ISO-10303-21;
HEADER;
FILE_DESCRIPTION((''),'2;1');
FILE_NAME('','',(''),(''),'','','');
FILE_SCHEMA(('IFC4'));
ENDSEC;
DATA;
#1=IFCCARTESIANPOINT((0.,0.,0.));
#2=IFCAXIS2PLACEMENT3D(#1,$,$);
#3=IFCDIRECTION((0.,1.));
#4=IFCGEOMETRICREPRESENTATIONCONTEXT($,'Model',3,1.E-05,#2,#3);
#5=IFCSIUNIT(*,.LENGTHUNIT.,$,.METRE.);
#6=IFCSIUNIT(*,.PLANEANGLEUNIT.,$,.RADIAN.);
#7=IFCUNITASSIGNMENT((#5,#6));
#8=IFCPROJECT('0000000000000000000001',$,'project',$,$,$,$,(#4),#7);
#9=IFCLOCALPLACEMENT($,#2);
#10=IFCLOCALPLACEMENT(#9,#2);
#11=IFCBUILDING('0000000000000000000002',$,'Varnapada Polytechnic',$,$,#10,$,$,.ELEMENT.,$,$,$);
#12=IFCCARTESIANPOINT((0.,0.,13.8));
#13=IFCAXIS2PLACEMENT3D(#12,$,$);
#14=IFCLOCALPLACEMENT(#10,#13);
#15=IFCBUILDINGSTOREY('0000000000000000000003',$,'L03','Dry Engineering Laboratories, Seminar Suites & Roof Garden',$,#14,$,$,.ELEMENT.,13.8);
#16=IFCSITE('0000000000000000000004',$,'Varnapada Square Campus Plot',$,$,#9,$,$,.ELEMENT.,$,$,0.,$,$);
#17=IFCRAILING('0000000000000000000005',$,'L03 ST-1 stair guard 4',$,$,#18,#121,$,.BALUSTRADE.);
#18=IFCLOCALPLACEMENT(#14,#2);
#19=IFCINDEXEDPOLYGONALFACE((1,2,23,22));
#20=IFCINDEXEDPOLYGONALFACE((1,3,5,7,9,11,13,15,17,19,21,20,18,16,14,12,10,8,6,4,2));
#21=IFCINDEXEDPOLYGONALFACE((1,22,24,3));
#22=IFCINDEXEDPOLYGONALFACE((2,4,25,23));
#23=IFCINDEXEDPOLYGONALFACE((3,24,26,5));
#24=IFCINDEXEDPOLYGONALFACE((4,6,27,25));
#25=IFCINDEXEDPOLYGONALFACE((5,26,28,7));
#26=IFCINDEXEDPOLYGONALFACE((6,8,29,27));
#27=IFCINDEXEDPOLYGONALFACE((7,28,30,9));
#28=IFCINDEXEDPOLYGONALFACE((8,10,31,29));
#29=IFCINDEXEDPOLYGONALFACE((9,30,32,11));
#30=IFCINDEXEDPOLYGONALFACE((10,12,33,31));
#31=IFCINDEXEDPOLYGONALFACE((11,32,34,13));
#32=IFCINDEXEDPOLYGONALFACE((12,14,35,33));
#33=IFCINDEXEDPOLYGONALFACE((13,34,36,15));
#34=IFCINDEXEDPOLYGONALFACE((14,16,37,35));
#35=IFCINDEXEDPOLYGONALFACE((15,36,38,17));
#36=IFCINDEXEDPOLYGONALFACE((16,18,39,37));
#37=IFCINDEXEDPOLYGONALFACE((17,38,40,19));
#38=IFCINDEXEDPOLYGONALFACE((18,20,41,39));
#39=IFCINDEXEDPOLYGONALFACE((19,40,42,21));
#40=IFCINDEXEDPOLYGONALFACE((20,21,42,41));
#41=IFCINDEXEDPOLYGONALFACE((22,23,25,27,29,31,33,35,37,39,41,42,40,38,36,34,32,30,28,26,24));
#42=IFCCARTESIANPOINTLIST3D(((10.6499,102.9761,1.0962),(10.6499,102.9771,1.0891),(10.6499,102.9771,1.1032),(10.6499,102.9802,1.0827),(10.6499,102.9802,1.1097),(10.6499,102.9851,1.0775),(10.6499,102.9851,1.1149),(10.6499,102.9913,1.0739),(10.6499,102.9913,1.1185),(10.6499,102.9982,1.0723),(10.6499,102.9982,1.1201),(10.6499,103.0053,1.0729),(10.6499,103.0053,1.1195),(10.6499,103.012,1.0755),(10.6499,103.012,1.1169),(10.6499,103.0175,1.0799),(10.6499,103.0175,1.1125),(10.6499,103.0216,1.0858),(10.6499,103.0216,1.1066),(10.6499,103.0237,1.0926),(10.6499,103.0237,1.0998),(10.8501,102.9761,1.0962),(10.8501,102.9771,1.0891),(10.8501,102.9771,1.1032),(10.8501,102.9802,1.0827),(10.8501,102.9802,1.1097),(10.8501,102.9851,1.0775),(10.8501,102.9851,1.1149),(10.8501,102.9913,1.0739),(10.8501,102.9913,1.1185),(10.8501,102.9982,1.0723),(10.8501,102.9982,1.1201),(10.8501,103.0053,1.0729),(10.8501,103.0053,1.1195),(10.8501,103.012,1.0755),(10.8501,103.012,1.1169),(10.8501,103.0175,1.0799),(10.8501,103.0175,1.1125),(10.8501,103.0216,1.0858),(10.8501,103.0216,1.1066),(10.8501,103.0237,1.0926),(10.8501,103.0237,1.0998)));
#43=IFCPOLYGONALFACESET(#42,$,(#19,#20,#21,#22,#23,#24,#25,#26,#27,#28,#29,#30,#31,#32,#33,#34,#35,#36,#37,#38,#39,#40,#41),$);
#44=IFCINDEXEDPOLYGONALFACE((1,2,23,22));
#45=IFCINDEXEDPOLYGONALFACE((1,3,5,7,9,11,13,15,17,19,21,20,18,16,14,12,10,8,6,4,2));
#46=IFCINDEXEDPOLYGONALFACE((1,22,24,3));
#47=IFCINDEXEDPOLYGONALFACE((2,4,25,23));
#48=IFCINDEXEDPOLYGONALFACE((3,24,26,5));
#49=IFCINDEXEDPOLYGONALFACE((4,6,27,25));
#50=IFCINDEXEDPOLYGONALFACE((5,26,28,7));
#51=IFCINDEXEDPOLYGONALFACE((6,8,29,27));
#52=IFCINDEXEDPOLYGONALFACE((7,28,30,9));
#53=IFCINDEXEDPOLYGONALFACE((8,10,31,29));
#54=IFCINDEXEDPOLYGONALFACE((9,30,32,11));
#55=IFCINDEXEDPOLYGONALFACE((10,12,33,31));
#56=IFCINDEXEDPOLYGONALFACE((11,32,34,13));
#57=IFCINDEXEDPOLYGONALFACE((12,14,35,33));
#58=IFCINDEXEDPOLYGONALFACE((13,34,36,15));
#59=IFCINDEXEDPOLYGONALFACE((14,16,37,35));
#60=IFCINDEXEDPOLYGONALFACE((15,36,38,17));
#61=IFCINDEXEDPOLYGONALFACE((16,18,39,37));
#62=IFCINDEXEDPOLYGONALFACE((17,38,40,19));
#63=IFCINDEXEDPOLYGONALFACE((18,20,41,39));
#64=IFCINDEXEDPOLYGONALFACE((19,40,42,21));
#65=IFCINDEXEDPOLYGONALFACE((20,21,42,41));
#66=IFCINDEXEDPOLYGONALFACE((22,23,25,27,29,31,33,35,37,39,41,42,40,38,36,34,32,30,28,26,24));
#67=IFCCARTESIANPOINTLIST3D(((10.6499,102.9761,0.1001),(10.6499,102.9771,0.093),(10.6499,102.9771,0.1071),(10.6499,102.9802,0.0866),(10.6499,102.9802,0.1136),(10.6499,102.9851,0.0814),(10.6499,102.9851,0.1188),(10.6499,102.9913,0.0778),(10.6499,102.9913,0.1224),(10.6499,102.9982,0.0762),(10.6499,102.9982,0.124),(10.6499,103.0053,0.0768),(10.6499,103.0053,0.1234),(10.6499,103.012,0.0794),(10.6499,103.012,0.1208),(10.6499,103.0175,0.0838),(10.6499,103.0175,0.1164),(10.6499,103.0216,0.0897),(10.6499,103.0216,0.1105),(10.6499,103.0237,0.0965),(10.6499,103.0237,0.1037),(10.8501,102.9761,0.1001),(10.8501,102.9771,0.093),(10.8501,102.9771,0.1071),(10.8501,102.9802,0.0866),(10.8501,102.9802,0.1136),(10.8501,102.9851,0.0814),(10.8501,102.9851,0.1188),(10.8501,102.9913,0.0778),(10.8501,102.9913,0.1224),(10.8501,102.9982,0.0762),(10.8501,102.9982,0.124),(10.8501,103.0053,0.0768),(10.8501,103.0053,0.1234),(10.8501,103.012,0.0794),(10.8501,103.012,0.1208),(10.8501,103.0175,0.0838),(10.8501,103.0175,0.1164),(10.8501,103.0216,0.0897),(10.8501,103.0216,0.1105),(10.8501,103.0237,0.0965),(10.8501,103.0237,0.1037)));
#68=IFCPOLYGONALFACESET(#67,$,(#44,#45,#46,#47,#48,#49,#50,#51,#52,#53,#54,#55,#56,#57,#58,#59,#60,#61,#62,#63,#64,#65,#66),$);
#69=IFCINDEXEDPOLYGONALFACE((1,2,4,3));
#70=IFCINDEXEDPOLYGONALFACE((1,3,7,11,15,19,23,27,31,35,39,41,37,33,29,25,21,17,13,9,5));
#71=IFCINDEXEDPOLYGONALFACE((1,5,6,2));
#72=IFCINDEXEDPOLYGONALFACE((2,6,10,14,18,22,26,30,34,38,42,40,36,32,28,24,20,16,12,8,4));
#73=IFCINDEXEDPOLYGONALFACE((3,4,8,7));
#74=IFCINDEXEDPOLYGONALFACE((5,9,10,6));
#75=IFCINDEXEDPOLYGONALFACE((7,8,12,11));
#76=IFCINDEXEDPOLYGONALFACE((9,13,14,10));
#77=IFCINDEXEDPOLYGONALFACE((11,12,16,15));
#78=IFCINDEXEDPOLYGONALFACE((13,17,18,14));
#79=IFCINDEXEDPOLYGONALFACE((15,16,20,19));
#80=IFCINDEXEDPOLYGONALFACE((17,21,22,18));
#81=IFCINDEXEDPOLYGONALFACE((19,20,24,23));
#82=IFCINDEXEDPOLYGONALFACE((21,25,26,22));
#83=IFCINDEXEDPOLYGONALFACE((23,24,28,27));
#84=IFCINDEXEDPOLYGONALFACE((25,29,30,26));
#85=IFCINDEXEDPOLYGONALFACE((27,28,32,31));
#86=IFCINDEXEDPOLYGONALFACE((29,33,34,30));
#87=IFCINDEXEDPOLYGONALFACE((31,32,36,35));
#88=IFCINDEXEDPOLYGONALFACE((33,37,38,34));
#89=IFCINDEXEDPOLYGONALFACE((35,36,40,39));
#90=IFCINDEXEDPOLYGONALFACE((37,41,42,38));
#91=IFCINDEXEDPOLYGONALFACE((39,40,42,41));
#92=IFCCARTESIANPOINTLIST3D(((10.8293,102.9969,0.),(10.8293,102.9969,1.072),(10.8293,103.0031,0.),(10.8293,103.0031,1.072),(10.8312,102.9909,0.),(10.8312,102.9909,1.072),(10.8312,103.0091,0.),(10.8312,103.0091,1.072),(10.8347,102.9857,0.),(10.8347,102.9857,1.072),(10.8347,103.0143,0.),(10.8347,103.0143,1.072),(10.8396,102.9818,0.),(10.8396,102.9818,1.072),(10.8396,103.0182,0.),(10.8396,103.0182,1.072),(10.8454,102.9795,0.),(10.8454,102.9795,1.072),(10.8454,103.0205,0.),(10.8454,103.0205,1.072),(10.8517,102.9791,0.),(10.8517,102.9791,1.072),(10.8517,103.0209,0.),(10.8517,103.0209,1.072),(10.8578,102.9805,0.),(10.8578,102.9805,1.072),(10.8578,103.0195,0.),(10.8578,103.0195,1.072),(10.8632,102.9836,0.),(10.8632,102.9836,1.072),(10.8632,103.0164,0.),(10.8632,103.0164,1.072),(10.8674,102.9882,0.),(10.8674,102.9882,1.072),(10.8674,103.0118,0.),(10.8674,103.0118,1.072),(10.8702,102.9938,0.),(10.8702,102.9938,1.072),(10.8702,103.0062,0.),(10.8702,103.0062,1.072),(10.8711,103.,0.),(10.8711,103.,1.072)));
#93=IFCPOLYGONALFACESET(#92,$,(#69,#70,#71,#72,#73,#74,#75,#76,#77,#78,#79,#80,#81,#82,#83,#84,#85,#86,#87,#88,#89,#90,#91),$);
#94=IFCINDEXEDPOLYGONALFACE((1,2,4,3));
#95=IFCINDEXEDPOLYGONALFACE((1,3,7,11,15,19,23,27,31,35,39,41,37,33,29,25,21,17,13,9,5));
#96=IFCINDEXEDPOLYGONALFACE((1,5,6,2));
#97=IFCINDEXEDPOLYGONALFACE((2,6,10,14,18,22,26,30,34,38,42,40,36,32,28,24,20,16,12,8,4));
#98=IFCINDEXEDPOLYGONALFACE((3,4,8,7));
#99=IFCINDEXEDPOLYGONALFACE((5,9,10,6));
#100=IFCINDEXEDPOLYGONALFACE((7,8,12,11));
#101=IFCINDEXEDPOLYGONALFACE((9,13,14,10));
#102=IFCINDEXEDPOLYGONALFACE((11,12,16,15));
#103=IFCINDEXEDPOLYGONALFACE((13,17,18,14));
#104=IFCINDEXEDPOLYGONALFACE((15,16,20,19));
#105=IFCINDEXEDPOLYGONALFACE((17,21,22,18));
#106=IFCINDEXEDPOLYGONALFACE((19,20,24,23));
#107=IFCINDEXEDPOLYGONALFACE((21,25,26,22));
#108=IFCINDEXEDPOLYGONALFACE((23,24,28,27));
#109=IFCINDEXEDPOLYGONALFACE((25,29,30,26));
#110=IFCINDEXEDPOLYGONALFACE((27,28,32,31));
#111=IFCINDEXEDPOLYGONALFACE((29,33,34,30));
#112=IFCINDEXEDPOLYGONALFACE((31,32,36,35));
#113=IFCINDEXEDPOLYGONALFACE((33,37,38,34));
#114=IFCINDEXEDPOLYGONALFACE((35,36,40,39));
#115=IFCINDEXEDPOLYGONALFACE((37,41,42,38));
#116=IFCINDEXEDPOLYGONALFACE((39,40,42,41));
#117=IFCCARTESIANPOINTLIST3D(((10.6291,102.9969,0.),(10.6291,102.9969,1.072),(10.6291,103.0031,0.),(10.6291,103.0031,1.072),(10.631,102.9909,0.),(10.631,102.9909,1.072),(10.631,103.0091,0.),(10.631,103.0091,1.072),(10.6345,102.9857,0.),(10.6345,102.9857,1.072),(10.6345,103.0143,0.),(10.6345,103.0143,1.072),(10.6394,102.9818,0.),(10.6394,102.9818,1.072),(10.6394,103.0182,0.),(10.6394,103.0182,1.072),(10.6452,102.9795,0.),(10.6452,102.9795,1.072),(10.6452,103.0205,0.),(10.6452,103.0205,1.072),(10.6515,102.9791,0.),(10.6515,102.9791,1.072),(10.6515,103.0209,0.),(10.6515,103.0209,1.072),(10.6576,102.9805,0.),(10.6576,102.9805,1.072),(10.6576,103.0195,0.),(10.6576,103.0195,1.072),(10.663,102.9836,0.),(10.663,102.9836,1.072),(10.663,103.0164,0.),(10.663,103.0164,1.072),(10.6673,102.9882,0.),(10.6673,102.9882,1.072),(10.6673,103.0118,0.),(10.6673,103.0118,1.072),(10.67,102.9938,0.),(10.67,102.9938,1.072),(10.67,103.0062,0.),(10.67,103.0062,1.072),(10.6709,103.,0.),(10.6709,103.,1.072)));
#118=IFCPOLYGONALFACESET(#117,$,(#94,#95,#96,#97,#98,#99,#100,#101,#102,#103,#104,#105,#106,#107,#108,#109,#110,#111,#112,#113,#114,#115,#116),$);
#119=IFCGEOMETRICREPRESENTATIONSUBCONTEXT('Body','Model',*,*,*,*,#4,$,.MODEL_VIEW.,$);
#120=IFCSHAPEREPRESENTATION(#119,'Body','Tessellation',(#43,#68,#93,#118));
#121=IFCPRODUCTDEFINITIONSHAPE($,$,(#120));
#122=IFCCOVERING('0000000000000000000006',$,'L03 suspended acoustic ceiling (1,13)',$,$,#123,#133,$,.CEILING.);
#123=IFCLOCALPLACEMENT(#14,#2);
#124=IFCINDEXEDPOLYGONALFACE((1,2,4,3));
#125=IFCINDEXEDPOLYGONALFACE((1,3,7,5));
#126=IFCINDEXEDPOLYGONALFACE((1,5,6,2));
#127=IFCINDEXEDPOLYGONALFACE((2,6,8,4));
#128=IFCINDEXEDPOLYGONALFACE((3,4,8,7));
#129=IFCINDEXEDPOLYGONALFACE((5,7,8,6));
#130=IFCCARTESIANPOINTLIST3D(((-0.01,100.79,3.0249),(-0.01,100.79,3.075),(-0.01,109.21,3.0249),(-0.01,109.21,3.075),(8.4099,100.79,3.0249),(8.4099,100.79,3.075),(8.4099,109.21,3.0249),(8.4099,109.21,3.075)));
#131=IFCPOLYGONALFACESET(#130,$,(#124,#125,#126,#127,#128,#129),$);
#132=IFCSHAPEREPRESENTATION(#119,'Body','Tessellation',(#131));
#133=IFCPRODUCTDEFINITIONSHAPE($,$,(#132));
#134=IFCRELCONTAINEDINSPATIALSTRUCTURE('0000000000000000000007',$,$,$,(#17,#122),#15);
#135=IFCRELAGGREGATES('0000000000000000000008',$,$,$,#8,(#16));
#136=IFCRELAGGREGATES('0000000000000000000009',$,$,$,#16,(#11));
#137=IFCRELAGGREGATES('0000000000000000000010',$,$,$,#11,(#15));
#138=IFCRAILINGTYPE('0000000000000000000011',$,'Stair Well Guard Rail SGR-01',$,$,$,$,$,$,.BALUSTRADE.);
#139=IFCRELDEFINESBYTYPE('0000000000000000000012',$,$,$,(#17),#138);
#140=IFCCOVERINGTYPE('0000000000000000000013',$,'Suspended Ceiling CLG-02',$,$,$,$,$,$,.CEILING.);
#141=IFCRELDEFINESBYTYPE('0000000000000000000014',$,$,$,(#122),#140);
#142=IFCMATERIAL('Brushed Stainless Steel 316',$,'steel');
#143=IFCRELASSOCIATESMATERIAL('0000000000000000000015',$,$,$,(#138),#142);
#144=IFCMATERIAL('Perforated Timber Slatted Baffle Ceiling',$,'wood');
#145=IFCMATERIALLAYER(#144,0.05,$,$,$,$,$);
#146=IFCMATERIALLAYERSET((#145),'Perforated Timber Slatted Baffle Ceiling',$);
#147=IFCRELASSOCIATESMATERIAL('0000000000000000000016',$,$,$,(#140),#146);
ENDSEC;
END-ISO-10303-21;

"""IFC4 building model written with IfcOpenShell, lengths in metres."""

from ifc_helpers import new_model, si_unit, direction, frame, origin, origin_2d, place, context, subcontext, project, spatial, rectangle, circle, extrude, material, layer, layer_set, type_object, element, save


model = new_model("IFC4")

# Units and contexts
model_context = context("Model", 3, precision=1e-05, world=origin(), true_north=direction((0.0, 1.0)))
body_context = subcontext(model_context, "Body", "Model", "MODEL_VIEW")
ifc_project = project(units=[si_unit("LENGTHUNIT", "METRE"), si_unit("PLANEANGLEUNIT", "RADIAN")], contexts=[model_context])

# Site, building, storey
site_placement = place(None, origin())
site = spatial("IfcSite", under=ifc_project, at=site_placement, Name="Varnapada Square Campus Plot", CompositionType="ELEMENT", RefElevation=0.0)
building_placement = place(site_placement, origin())
building = spatial("IfcBuilding", under=site, at=building_placement, Name="Varnapada Polytechnic", CompositionType="ELEMENT")
storey_placement = place(building_placement, frame((0.0, 0.0, 13.8)))
storey = spatial("IfcBuildingStorey", under=building, at=storey_placement, Name="L03", Description="Dry Engineering Laboratories, Seminar Suites & Roof Garden", CompositionType="ELEMENT", Elevation=13.8)

# Shared definitions
ifc_material_1 = material(Name="Brushed Stainless Steel 316", Category="steel")

# Railing
railing_type_1 = type_object("IfcRailingType", Name="Stair Well Guard Rail SGR-01", PredefinedType="BALUSTRADE", material=ifc_material_1)
railing_1_placement = place(storey_placement, frame((10.8501, 103.0, 0.0)))
element("IfcRailing", 1, at=railing_1_placement, inside=storey, type_object=railing_type_1, Name="L03 ST-1 stair guard 4", PredefinedType="BALUSTRADE", context=body_context, shape_type="SweptSolid", body=[
    extrude(circle(Radius=0.0239, at=origin_2d()), frame((0.0, 0.0, 1.0962), z_axis=(-1.0, 0.0, 0.0), x_axis=(0.0, -1.0, 0.0)), (0.0, 0.0, 1.0), 0.2002),
    extrude(circle(Radius=0.0239, at=origin_2d()), frame((0.0, 0.0, 0.1001), z_axis=(-1.0, 0.0, 0.0), x_axis=(0.0, -1.0, 0.0)), (0.0, 0.0, 1.0), 0.2002),
    extrude(circle(Radius=0.021, at=origin_2d()), origin(), (0.0, 0.0, 1.0), 1.072),
    extrude(circle(Radius=0.021, at=origin_2d()), frame((-0.2002, 0.0, 0.0)), (0.0, 0.0, 1.0), 1.072),
])

# Covering
ifc_material_2 = material(Name="Perforated Timber Slatted Baffle Ceiling", Category="wood")
ifc_layer_1 = layer(ifc_material_2, 0.05)
ifc_layer_set_1 = layer_set([ifc_layer_1], Name="Perforated Timber Slatted Baffle Ceiling")
covering_type = type_object("IfcCoveringType", Name="Suspended Ceiling CLG-02", PredefinedType="CEILING", material=ifc_layer_set_1)
covering_placement = place(storey_placement, frame((4.2, 105.0, 3.0249), z_axis=(0.0, 0.0, 1.0), x_axis=(1.0, 0.0, 0.0)))
element("IfcCovering", 2, at=covering_placement, inside=storey, type_object=covering_type, Name="L03 suspended acoustic ceiling (1,13)", PredefinedType="CEILING", context=body_context, shape_type="SweptSolid", body=[
    extrude(rectangle(XDim=8.4199, YDim=8.4199, at=origin_2d()), origin(), (0.0, 0.0, 1.0), 0.05),
])

save(model, "model.ifc")
